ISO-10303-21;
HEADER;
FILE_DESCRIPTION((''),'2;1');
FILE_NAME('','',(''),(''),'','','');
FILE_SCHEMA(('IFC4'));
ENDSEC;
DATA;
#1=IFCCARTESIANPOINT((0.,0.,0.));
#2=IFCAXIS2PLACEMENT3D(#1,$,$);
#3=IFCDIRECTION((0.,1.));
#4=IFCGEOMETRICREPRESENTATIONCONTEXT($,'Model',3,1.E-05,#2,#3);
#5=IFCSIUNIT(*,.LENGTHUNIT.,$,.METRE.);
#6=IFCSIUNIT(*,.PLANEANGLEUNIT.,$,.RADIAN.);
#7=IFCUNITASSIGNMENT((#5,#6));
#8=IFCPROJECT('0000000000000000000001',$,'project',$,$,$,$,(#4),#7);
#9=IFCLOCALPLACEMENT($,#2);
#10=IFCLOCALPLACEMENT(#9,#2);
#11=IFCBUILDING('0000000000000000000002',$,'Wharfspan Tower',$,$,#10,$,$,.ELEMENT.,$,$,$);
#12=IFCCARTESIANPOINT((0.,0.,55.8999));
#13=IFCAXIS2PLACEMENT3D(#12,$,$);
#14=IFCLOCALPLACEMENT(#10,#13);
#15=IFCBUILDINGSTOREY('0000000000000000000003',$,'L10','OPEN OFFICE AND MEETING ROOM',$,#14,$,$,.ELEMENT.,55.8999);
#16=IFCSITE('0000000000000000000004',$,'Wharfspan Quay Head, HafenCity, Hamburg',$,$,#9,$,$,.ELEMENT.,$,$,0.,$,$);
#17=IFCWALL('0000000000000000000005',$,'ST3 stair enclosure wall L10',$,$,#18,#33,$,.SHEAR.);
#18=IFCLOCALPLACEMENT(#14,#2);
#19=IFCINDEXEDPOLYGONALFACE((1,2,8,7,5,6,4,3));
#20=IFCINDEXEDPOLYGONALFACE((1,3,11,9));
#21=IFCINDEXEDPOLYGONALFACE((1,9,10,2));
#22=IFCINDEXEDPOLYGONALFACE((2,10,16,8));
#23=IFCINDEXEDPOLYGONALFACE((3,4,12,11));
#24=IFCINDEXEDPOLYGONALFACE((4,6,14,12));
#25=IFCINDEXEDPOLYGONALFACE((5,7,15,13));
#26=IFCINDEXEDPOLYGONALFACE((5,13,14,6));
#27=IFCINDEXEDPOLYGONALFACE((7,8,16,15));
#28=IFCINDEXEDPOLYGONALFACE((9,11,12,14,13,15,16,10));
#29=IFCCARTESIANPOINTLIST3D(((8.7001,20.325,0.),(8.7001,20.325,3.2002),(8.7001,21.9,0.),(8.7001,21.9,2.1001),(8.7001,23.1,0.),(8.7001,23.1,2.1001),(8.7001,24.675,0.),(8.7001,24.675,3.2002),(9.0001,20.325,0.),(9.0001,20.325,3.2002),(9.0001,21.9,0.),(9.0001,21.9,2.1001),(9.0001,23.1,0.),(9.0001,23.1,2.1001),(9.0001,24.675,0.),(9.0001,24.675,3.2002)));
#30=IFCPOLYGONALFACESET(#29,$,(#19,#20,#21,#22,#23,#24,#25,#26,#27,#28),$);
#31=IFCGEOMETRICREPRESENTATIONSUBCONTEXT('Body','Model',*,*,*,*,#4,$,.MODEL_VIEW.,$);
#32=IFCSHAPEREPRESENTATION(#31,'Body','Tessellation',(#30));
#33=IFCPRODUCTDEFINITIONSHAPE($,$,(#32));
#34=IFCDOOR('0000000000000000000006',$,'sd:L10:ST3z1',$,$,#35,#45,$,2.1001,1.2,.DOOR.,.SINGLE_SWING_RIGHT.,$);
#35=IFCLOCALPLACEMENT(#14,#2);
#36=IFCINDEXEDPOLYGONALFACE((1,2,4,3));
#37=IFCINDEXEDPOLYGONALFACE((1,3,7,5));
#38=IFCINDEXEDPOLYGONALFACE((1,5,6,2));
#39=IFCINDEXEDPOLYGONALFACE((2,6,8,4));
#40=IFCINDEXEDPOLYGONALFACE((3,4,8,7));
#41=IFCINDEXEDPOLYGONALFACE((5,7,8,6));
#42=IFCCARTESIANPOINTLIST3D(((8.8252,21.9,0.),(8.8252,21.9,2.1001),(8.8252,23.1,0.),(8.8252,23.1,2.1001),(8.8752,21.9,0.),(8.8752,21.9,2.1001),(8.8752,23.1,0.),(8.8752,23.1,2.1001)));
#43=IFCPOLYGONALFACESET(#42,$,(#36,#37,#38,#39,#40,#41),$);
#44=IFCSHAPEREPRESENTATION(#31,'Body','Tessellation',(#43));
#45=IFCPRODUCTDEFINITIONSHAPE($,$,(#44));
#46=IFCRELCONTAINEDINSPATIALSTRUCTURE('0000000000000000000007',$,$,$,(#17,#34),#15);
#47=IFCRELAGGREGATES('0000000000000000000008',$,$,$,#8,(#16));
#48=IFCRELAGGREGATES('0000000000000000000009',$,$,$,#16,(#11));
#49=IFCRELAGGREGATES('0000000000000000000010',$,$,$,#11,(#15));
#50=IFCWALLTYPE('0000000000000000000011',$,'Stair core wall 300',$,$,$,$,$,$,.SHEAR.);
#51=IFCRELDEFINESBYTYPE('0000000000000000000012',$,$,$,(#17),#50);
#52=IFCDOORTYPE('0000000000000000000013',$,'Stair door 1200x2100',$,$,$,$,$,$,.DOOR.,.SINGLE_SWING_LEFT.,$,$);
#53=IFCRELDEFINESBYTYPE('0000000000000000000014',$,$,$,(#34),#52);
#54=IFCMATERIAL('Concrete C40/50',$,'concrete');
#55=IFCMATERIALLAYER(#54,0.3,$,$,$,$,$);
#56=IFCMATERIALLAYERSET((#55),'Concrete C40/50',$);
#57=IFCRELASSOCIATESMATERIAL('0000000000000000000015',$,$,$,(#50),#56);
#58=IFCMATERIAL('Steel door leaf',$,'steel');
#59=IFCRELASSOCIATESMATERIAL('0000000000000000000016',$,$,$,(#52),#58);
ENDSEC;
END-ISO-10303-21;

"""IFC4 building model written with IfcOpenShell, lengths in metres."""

from ifc_helpers import new_model, si_unit, direction, frame, frame_2d, origin, place, context, subcontext, project, spatial, rectangle, extrude, material, layer, layer_set, type_object, element, fill, save


model = new_model("IFC4")

# Units and contexts
model_context = context("Model", 3, precision=1e-05, world=origin(), true_north=direction((0.0, 1.0)))
body_context = subcontext(model_context, "Body", "Model", "MODEL_VIEW")
ifc_project = project(units=[si_unit("LENGTHUNIT", "METRE"), si_unit("PLANEANGLEUNIT", "RADIAN")], contexts=[model_context])

# Site, building, storey
site_placement = place(None, origin())
site = spatial("IfcSite", under=ifc_project, at=site_placement, Name="Wharfspan Quay Head, HafenCity, Hamburg", CompositionType="ELEMENT", RefElevation=0.0)
building_placement = place(site_placement, origin())
building = spatial("IfcBuilding", under=site, at=building_placement, Name="Wharfspan Tower", CompositionType="ELEMENT")
storey_placement = place(building_placement, frame((0.0, 0.0, 55.8999)))
storey = spatial("IfcBuildingStorey", under=building, at=storey_placement, Name="L10", Description="OPEN OFFICE AND MEETING ROOM", CompositionType="ELEMENT", Elevation=55.8999)

# Wall, opening, door
ifc_material_1 = material(Name="Concrete C40/50", Category="concrete")
ifc_layer_1 = layer(ifc_material_1, 0.3)
ifc_layer_set_1 = layer_set([ifc_layer_1], Name="Concrete C40/50")
wall_type_1 = type_object("IfcWallType", Name="Stair core wall 300", PredefinedType="SHEAR", material=ifc_layer_set_1)
wall_1_placement = place(storey_placement, frame((8.8501, 20.325, 0.0), z_axis=(0.0, 0.0, 1.0), x_axis=(0.0, 1.0, 0.0)))
wall_1 = element("IfcWall", 1, at=wall_1_placement, inside=storey, type_object=wall_type_1, Name="ST3 stair enclosure wall L10", PredefinedType="SHEAR", context=body_context, shape_type="SweptSolid", body=[
    extrude(rectangle(XDim=4.3501, YDim=0.3, at=frame_2d((2.175, 0.0))), origin(), (0.0, 0.0, 1.0), 3.2002),
])
opening_1_placement = place(wall_1_placement, frame((1.575, 0.0, 0.0)))
opening_1 = element("IfcOpeningElement", 2, at=opening_1_placement, cuts=wall_1, PredefinedType="OPENING", context=body_context, shape_type="SweptSolid", body=[
    extrude(rectangle(XDim=1.2, YDim=2.1001, at=frame_2d((0.6001, 1.05))), frame((0.0, 0.1599, 0.0), z_axis=(0.0, -1.0, 0.0), x_axis=(1.0, 0.0, 0.0)), (0.0, 0.0, 1.0), 0.3201),
])
ifc_material_2 = material(Name="Steel door leaf", Category="steel")
door_type_1 = type_object("IfcDoorType", Name="Stair door 1200x2100", OperationType="SINGLE_SWING_LEFT", PredefinedType="DOOR", material=ifc_material_2)
door_1_placement = place(opening_1_placement, origin())
door_1 = element("IfcDoor", 3, at=door_1_placement, inside=storey, type_object=door_type_1, Name="sd:L10:ST3z1", OperationType="SINGLE_SWING_RIGHT", OverallHeight=2.1001, OverallWidth=1.2, PredefinedType="DOOR", context=body_context, shape_type="SweptSolid", body=[
    extrude(rectangle(XDim=1.2, YDim=2.1001, at=frame_2d((0.6001, 1.05))), frame((0.0, 0.0249, 0.0), z_axis=(0.0, -1.0, 0.0), x_axis=(1.0, 0.0, 0.0)), (0.0, 0.0, 1.0), 0.05),
])
fill(opening_1, door_1)

save(model, "model.ifc")
